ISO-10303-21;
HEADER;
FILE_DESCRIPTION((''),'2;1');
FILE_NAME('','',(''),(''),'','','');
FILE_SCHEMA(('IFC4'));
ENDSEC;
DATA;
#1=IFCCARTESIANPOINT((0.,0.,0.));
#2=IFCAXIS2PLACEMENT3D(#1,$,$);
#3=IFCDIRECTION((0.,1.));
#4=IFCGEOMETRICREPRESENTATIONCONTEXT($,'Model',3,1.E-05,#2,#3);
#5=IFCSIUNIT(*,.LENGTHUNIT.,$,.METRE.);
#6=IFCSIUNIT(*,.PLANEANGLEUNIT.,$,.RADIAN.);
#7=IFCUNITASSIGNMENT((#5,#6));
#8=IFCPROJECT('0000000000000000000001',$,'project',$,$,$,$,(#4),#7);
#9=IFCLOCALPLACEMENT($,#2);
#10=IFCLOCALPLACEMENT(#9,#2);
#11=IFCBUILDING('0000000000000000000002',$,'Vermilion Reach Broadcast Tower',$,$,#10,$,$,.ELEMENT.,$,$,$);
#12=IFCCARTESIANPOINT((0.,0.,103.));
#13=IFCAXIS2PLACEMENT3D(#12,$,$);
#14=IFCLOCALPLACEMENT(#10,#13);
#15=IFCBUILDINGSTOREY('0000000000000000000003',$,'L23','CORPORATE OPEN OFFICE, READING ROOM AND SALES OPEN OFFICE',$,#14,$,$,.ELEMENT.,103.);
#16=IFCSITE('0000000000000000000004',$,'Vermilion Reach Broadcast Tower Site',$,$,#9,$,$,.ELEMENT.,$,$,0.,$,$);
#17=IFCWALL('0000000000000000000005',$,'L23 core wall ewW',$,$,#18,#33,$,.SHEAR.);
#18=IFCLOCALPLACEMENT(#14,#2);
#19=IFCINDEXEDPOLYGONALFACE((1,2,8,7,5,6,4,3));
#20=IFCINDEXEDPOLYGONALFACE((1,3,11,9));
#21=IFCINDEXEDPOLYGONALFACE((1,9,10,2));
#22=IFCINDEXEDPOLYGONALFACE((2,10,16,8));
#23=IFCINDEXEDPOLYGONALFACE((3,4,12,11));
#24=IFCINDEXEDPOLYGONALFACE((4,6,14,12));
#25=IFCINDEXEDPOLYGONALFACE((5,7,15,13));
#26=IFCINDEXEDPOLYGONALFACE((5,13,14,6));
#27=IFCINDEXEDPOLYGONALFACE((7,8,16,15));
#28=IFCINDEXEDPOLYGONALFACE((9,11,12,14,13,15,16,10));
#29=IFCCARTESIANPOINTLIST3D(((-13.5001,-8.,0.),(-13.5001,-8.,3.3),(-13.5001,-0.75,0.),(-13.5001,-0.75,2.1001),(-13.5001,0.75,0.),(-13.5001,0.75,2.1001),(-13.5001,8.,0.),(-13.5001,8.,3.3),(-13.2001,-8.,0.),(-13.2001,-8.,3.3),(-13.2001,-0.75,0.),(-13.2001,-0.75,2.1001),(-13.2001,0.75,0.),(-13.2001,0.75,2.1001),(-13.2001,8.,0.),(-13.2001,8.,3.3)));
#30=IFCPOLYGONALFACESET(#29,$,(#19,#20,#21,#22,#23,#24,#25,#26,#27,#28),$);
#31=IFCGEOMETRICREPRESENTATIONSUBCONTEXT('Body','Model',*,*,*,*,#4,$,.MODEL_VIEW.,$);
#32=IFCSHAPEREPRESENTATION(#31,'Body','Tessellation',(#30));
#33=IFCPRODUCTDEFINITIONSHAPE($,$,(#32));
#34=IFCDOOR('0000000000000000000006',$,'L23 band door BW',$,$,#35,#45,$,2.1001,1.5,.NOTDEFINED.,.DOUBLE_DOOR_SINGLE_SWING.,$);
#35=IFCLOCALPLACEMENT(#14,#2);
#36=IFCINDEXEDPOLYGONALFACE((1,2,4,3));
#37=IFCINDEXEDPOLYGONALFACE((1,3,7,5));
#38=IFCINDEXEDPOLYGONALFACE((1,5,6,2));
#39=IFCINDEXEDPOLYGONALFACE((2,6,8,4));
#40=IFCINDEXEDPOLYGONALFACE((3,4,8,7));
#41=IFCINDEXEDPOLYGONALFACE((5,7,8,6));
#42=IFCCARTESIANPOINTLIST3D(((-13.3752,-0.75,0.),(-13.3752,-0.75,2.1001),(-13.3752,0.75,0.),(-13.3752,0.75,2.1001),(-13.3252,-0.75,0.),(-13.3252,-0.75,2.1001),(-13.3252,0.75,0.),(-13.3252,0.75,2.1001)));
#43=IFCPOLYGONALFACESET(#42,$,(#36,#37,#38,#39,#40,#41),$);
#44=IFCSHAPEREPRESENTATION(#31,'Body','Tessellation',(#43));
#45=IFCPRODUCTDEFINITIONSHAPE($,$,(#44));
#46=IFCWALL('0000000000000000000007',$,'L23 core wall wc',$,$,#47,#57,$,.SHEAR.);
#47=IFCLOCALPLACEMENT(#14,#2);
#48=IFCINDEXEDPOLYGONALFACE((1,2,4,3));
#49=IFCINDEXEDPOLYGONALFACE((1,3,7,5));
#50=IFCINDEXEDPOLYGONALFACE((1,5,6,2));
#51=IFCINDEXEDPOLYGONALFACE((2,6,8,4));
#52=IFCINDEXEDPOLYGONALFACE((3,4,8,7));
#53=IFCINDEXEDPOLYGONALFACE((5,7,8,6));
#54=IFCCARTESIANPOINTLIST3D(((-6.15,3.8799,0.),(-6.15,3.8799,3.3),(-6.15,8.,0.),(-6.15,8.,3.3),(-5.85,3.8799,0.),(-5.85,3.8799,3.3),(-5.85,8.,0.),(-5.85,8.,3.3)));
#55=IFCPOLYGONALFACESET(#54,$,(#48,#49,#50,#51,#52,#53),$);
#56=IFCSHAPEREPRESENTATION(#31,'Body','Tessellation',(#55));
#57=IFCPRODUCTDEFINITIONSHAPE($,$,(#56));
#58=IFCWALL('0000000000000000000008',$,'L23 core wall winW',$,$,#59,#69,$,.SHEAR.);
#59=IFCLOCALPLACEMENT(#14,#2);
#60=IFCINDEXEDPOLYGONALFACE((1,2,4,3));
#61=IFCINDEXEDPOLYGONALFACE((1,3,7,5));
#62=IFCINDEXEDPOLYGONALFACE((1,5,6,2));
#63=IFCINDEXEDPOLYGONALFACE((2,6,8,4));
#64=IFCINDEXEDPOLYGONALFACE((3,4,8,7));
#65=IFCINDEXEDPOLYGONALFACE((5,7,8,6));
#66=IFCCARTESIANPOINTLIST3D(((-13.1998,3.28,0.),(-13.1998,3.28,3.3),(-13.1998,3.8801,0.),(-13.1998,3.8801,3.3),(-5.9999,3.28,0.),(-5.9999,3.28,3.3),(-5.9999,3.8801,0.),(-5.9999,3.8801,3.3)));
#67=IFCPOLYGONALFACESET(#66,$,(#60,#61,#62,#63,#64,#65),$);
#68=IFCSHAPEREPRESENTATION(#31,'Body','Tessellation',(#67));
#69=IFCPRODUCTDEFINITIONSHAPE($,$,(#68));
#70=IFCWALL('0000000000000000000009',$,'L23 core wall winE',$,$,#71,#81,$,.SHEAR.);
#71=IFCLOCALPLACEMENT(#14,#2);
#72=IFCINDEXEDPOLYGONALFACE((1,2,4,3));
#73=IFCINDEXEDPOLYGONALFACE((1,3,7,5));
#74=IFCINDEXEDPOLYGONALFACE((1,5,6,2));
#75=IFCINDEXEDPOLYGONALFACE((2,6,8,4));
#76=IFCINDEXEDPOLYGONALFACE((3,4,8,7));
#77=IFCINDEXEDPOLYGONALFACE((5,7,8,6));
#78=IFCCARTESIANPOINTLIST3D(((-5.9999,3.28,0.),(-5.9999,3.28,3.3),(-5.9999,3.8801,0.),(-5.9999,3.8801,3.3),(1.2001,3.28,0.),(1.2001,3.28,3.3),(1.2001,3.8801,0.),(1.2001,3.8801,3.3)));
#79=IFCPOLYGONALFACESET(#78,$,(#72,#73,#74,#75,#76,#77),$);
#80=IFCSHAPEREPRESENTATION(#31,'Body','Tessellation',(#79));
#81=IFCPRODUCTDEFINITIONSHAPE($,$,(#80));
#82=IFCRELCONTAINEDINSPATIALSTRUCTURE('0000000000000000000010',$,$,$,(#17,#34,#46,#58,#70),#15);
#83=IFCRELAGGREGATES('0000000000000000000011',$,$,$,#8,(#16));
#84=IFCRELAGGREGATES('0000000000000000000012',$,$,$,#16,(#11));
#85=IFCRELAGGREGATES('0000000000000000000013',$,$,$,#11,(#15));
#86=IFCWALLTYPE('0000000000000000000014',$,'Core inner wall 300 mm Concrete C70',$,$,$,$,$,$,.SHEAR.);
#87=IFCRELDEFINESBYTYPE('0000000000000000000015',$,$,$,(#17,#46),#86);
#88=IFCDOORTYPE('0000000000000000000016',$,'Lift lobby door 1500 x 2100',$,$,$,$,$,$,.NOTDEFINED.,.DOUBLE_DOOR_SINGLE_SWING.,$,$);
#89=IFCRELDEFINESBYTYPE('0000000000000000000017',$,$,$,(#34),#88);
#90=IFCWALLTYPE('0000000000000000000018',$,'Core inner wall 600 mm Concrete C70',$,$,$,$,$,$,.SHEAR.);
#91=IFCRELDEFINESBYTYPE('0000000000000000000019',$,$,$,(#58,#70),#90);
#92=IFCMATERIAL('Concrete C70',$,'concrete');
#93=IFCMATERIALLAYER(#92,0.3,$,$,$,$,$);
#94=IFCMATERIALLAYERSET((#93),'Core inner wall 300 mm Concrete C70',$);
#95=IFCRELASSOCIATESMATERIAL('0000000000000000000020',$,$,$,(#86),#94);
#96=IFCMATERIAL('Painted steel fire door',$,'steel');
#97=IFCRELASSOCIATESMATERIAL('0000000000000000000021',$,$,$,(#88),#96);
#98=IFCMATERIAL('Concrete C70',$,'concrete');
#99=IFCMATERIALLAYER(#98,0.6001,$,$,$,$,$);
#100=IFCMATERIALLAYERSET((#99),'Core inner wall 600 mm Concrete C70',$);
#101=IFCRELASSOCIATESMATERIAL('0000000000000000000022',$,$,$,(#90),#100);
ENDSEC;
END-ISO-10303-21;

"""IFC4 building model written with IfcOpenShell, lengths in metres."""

from ifc_helpers import new_model, si_unit, direction, frame, frame_2d, origin, place, context, subcontext, project, spatial, rectangle, extrude, material, layer, layer_set, type_object, element, fill, save


model = new_model("IFC4")

# Units and contexts
model_context = context("Model", 3, precision=1e-05, world=origin(), true_north=direction((0.0, 1.0)))
body_context = subcontext(model_context, "Body", "Model", "MODEL_VIEW")
ifc_project = project(units=[si_unit("LENGTHUNIT", "METRE"), si_unit("PLANEANGLEUNIT", "RADIAN")], contexts=[model_context])

# Site, building, storey
site_placement = place(None, origin())
site = spatial("IfcSite", under=ifc_project, at=site_placement, Name="Vermilion Reach Broadcast Tower Site", CompositionType="ELEMENT", RefElevation=0.0)
building_placement = place(site_placement, origin())
building = spatial("IfcBuilding", under=site, at=building_placement, Name="Vermilion Reach Broadcast Tower", CompositionType="ELEMENT")
storey_placement = place(building_placement, frame((0.0, 0.0, 103.0)))
storey = spatial("IfcBuildingStorey", under=building, at=storey_placement, Name="L23", Description="CORPORATE OPEN OFFICE, READING ROOM AND SALES OPEN OFFICE", CompositionType="ELEMENT", Elevation=103.0)

# Wall, opening, door
ifc_material_1 = material(Name="Concrete C70", Category="concrete")
ifc_layer_1 = layer(ifc_material_1, 0.3)
ifc_layer_set_1 = layer_set([ifc_layer_1], Name="Core inner wall 300 mm Concrete C70")
wall_type_1 = type_object("IfcWallType", Name="Core inner wall 300 mm Concrete C70", PredefinedType="SHEAR", material=ifc_layer_set_1)
wall_1_placement = place(storey_placement, frame((-13.3501, 8.0, 0.0), z_axis=(0.0, 0.0, 1.0), x_axis=(0.0, -1.0, 0.0)))
wall_1 = element("IfcWall", 1, at=wall_1_placement, inside=storey, type_object=wall_type_1, Name="L23 core wall ewW", PredefinedType="SHEAR", context=body_context, shape_type="SweptSolid", body=[
    extrude(rectangle(XDim=16.0, YDim=0.3, at=frame_2d((8.0, 0.0))), origin(), (0.0, 0.0, 1.0), 3.3),
])
opening_1_placement = place(wall_1_placement, frame((7.25, 0.0, 0.0)))
opening_1 = element("IfcOpeningElement", 2, at=opening_1_placement, cuts=wall_1, PredefinedType="OPENING", context=body_context, shape_type="SweptSolid", body=[
    extrude(rectangle(XDim=1.5, YDim=2.1001, at=frame_2d((0.75, 1.05))), frame((0.0, 0.1599, 0.0), z_axis=(0.0, -1.0, 0.0), x_axis=(1.0, 0.0, 0.0)), (0.0, 0.0, 1.0), 0.3201),
])
ifc_material_2 = material(Name="Painted steel fire door", Category="steel")
door_type_1 = type_object("IfcDoorType", Name="Lift lobby door 1500 x 2100", OperationType="DOUBLE_DOOR_SINGLE_SWING", PredefinedType="NOTDEFINED", material=ifc_material_2)
door_1_placement = place(opening_1_placement, origin())
door_1 = element("IfcDoor", 3, at=door_1_placement, inside=storey, type_object=door_type_1, Name="L23 band door BW", OperationType="DOUBLE_DOOR_SINGLE_SWING", OverallHeight=2.1001, OverallWidth=1.5, PredefinedType="NOTDEFINED", context=body_context, shape_type="SweptSolid", body=[
    extrude(rectangle(XDim=1.5, YDim=2.1001, at=frame_2d((0.75, 1.05))), frame((0.0, 0.0249, 0.0), z_axis=(0.0, -1.0, 0.0), x_axis=(1.0, 0.0, 0.0)), (0.0, 0.0, 1.0), 0.05),
])
fill(opening_1, door_1)

# Walls
wall_2_placement = place(storey_placement, frame((-6.0, 3.8799, 0.0), z_axis=(0.0, 0.0, 1.0), x_axis=(0.0, 1.0, 0.0)))
element("IfcWall", 4, at=wall_2_placement, inside=storey, type_object=wall_type_1, Name="L23 core wall wc", PredefinedType="SHEAR", context=body_context, shape_type="SweptSolid", body=[
    extrude(rectangle(XDim=4.1201, YDim=0.3, at=frame_2d((2.0601, 0.0))), origin(), (0.0, 0.0, 1.0), 3.3),
])
ifc_material_3 = material(Name="Concrete C70", Category="concrete")
ifc_layer_2 = layer(ifc_material_3, 0.6001)
ifc_layer_set_2 = layer_set([ifc_layer_2], Name="Core inner wall 600 mm Concrete C70")
wall_type_2 = type_object("IfcWallType", Name="Core inner wall 600 mm Concrete C70", PredefinedType="SHEAR", material=ifc_layer_set_2)
for number, where, z_axis, x_axis, name in (
    (5, (-13.2, 3.5801, 0.0), (0.0, 0.0, 1.0), (1.0, 0.0, 0.0), "L23 core wall winW"),
    (6, (-6.0, 3.5801, 0.0), (0.0, 0.0, 1.0), (1.0, 0.0, 0.0), "L23 core wall winE"),
):
    element("IfcWall", number, at=place(storey_placement, frame(where, z_axis=z_axis, x_axis=x_axis)), inside=storey, type_object=wall_type_2, Name=name, PredefinedType="SHEAR", context=body_context, shape_type="SweptSolid", body=[
        extrude(rectangle(XDim=7.2, YDim=0.6001, at=frame_2d((3.6001, 0.0))), origin(), (0.0, 0.0, 1.0), 3.3),
    ])

save(model, "model.ifc")
